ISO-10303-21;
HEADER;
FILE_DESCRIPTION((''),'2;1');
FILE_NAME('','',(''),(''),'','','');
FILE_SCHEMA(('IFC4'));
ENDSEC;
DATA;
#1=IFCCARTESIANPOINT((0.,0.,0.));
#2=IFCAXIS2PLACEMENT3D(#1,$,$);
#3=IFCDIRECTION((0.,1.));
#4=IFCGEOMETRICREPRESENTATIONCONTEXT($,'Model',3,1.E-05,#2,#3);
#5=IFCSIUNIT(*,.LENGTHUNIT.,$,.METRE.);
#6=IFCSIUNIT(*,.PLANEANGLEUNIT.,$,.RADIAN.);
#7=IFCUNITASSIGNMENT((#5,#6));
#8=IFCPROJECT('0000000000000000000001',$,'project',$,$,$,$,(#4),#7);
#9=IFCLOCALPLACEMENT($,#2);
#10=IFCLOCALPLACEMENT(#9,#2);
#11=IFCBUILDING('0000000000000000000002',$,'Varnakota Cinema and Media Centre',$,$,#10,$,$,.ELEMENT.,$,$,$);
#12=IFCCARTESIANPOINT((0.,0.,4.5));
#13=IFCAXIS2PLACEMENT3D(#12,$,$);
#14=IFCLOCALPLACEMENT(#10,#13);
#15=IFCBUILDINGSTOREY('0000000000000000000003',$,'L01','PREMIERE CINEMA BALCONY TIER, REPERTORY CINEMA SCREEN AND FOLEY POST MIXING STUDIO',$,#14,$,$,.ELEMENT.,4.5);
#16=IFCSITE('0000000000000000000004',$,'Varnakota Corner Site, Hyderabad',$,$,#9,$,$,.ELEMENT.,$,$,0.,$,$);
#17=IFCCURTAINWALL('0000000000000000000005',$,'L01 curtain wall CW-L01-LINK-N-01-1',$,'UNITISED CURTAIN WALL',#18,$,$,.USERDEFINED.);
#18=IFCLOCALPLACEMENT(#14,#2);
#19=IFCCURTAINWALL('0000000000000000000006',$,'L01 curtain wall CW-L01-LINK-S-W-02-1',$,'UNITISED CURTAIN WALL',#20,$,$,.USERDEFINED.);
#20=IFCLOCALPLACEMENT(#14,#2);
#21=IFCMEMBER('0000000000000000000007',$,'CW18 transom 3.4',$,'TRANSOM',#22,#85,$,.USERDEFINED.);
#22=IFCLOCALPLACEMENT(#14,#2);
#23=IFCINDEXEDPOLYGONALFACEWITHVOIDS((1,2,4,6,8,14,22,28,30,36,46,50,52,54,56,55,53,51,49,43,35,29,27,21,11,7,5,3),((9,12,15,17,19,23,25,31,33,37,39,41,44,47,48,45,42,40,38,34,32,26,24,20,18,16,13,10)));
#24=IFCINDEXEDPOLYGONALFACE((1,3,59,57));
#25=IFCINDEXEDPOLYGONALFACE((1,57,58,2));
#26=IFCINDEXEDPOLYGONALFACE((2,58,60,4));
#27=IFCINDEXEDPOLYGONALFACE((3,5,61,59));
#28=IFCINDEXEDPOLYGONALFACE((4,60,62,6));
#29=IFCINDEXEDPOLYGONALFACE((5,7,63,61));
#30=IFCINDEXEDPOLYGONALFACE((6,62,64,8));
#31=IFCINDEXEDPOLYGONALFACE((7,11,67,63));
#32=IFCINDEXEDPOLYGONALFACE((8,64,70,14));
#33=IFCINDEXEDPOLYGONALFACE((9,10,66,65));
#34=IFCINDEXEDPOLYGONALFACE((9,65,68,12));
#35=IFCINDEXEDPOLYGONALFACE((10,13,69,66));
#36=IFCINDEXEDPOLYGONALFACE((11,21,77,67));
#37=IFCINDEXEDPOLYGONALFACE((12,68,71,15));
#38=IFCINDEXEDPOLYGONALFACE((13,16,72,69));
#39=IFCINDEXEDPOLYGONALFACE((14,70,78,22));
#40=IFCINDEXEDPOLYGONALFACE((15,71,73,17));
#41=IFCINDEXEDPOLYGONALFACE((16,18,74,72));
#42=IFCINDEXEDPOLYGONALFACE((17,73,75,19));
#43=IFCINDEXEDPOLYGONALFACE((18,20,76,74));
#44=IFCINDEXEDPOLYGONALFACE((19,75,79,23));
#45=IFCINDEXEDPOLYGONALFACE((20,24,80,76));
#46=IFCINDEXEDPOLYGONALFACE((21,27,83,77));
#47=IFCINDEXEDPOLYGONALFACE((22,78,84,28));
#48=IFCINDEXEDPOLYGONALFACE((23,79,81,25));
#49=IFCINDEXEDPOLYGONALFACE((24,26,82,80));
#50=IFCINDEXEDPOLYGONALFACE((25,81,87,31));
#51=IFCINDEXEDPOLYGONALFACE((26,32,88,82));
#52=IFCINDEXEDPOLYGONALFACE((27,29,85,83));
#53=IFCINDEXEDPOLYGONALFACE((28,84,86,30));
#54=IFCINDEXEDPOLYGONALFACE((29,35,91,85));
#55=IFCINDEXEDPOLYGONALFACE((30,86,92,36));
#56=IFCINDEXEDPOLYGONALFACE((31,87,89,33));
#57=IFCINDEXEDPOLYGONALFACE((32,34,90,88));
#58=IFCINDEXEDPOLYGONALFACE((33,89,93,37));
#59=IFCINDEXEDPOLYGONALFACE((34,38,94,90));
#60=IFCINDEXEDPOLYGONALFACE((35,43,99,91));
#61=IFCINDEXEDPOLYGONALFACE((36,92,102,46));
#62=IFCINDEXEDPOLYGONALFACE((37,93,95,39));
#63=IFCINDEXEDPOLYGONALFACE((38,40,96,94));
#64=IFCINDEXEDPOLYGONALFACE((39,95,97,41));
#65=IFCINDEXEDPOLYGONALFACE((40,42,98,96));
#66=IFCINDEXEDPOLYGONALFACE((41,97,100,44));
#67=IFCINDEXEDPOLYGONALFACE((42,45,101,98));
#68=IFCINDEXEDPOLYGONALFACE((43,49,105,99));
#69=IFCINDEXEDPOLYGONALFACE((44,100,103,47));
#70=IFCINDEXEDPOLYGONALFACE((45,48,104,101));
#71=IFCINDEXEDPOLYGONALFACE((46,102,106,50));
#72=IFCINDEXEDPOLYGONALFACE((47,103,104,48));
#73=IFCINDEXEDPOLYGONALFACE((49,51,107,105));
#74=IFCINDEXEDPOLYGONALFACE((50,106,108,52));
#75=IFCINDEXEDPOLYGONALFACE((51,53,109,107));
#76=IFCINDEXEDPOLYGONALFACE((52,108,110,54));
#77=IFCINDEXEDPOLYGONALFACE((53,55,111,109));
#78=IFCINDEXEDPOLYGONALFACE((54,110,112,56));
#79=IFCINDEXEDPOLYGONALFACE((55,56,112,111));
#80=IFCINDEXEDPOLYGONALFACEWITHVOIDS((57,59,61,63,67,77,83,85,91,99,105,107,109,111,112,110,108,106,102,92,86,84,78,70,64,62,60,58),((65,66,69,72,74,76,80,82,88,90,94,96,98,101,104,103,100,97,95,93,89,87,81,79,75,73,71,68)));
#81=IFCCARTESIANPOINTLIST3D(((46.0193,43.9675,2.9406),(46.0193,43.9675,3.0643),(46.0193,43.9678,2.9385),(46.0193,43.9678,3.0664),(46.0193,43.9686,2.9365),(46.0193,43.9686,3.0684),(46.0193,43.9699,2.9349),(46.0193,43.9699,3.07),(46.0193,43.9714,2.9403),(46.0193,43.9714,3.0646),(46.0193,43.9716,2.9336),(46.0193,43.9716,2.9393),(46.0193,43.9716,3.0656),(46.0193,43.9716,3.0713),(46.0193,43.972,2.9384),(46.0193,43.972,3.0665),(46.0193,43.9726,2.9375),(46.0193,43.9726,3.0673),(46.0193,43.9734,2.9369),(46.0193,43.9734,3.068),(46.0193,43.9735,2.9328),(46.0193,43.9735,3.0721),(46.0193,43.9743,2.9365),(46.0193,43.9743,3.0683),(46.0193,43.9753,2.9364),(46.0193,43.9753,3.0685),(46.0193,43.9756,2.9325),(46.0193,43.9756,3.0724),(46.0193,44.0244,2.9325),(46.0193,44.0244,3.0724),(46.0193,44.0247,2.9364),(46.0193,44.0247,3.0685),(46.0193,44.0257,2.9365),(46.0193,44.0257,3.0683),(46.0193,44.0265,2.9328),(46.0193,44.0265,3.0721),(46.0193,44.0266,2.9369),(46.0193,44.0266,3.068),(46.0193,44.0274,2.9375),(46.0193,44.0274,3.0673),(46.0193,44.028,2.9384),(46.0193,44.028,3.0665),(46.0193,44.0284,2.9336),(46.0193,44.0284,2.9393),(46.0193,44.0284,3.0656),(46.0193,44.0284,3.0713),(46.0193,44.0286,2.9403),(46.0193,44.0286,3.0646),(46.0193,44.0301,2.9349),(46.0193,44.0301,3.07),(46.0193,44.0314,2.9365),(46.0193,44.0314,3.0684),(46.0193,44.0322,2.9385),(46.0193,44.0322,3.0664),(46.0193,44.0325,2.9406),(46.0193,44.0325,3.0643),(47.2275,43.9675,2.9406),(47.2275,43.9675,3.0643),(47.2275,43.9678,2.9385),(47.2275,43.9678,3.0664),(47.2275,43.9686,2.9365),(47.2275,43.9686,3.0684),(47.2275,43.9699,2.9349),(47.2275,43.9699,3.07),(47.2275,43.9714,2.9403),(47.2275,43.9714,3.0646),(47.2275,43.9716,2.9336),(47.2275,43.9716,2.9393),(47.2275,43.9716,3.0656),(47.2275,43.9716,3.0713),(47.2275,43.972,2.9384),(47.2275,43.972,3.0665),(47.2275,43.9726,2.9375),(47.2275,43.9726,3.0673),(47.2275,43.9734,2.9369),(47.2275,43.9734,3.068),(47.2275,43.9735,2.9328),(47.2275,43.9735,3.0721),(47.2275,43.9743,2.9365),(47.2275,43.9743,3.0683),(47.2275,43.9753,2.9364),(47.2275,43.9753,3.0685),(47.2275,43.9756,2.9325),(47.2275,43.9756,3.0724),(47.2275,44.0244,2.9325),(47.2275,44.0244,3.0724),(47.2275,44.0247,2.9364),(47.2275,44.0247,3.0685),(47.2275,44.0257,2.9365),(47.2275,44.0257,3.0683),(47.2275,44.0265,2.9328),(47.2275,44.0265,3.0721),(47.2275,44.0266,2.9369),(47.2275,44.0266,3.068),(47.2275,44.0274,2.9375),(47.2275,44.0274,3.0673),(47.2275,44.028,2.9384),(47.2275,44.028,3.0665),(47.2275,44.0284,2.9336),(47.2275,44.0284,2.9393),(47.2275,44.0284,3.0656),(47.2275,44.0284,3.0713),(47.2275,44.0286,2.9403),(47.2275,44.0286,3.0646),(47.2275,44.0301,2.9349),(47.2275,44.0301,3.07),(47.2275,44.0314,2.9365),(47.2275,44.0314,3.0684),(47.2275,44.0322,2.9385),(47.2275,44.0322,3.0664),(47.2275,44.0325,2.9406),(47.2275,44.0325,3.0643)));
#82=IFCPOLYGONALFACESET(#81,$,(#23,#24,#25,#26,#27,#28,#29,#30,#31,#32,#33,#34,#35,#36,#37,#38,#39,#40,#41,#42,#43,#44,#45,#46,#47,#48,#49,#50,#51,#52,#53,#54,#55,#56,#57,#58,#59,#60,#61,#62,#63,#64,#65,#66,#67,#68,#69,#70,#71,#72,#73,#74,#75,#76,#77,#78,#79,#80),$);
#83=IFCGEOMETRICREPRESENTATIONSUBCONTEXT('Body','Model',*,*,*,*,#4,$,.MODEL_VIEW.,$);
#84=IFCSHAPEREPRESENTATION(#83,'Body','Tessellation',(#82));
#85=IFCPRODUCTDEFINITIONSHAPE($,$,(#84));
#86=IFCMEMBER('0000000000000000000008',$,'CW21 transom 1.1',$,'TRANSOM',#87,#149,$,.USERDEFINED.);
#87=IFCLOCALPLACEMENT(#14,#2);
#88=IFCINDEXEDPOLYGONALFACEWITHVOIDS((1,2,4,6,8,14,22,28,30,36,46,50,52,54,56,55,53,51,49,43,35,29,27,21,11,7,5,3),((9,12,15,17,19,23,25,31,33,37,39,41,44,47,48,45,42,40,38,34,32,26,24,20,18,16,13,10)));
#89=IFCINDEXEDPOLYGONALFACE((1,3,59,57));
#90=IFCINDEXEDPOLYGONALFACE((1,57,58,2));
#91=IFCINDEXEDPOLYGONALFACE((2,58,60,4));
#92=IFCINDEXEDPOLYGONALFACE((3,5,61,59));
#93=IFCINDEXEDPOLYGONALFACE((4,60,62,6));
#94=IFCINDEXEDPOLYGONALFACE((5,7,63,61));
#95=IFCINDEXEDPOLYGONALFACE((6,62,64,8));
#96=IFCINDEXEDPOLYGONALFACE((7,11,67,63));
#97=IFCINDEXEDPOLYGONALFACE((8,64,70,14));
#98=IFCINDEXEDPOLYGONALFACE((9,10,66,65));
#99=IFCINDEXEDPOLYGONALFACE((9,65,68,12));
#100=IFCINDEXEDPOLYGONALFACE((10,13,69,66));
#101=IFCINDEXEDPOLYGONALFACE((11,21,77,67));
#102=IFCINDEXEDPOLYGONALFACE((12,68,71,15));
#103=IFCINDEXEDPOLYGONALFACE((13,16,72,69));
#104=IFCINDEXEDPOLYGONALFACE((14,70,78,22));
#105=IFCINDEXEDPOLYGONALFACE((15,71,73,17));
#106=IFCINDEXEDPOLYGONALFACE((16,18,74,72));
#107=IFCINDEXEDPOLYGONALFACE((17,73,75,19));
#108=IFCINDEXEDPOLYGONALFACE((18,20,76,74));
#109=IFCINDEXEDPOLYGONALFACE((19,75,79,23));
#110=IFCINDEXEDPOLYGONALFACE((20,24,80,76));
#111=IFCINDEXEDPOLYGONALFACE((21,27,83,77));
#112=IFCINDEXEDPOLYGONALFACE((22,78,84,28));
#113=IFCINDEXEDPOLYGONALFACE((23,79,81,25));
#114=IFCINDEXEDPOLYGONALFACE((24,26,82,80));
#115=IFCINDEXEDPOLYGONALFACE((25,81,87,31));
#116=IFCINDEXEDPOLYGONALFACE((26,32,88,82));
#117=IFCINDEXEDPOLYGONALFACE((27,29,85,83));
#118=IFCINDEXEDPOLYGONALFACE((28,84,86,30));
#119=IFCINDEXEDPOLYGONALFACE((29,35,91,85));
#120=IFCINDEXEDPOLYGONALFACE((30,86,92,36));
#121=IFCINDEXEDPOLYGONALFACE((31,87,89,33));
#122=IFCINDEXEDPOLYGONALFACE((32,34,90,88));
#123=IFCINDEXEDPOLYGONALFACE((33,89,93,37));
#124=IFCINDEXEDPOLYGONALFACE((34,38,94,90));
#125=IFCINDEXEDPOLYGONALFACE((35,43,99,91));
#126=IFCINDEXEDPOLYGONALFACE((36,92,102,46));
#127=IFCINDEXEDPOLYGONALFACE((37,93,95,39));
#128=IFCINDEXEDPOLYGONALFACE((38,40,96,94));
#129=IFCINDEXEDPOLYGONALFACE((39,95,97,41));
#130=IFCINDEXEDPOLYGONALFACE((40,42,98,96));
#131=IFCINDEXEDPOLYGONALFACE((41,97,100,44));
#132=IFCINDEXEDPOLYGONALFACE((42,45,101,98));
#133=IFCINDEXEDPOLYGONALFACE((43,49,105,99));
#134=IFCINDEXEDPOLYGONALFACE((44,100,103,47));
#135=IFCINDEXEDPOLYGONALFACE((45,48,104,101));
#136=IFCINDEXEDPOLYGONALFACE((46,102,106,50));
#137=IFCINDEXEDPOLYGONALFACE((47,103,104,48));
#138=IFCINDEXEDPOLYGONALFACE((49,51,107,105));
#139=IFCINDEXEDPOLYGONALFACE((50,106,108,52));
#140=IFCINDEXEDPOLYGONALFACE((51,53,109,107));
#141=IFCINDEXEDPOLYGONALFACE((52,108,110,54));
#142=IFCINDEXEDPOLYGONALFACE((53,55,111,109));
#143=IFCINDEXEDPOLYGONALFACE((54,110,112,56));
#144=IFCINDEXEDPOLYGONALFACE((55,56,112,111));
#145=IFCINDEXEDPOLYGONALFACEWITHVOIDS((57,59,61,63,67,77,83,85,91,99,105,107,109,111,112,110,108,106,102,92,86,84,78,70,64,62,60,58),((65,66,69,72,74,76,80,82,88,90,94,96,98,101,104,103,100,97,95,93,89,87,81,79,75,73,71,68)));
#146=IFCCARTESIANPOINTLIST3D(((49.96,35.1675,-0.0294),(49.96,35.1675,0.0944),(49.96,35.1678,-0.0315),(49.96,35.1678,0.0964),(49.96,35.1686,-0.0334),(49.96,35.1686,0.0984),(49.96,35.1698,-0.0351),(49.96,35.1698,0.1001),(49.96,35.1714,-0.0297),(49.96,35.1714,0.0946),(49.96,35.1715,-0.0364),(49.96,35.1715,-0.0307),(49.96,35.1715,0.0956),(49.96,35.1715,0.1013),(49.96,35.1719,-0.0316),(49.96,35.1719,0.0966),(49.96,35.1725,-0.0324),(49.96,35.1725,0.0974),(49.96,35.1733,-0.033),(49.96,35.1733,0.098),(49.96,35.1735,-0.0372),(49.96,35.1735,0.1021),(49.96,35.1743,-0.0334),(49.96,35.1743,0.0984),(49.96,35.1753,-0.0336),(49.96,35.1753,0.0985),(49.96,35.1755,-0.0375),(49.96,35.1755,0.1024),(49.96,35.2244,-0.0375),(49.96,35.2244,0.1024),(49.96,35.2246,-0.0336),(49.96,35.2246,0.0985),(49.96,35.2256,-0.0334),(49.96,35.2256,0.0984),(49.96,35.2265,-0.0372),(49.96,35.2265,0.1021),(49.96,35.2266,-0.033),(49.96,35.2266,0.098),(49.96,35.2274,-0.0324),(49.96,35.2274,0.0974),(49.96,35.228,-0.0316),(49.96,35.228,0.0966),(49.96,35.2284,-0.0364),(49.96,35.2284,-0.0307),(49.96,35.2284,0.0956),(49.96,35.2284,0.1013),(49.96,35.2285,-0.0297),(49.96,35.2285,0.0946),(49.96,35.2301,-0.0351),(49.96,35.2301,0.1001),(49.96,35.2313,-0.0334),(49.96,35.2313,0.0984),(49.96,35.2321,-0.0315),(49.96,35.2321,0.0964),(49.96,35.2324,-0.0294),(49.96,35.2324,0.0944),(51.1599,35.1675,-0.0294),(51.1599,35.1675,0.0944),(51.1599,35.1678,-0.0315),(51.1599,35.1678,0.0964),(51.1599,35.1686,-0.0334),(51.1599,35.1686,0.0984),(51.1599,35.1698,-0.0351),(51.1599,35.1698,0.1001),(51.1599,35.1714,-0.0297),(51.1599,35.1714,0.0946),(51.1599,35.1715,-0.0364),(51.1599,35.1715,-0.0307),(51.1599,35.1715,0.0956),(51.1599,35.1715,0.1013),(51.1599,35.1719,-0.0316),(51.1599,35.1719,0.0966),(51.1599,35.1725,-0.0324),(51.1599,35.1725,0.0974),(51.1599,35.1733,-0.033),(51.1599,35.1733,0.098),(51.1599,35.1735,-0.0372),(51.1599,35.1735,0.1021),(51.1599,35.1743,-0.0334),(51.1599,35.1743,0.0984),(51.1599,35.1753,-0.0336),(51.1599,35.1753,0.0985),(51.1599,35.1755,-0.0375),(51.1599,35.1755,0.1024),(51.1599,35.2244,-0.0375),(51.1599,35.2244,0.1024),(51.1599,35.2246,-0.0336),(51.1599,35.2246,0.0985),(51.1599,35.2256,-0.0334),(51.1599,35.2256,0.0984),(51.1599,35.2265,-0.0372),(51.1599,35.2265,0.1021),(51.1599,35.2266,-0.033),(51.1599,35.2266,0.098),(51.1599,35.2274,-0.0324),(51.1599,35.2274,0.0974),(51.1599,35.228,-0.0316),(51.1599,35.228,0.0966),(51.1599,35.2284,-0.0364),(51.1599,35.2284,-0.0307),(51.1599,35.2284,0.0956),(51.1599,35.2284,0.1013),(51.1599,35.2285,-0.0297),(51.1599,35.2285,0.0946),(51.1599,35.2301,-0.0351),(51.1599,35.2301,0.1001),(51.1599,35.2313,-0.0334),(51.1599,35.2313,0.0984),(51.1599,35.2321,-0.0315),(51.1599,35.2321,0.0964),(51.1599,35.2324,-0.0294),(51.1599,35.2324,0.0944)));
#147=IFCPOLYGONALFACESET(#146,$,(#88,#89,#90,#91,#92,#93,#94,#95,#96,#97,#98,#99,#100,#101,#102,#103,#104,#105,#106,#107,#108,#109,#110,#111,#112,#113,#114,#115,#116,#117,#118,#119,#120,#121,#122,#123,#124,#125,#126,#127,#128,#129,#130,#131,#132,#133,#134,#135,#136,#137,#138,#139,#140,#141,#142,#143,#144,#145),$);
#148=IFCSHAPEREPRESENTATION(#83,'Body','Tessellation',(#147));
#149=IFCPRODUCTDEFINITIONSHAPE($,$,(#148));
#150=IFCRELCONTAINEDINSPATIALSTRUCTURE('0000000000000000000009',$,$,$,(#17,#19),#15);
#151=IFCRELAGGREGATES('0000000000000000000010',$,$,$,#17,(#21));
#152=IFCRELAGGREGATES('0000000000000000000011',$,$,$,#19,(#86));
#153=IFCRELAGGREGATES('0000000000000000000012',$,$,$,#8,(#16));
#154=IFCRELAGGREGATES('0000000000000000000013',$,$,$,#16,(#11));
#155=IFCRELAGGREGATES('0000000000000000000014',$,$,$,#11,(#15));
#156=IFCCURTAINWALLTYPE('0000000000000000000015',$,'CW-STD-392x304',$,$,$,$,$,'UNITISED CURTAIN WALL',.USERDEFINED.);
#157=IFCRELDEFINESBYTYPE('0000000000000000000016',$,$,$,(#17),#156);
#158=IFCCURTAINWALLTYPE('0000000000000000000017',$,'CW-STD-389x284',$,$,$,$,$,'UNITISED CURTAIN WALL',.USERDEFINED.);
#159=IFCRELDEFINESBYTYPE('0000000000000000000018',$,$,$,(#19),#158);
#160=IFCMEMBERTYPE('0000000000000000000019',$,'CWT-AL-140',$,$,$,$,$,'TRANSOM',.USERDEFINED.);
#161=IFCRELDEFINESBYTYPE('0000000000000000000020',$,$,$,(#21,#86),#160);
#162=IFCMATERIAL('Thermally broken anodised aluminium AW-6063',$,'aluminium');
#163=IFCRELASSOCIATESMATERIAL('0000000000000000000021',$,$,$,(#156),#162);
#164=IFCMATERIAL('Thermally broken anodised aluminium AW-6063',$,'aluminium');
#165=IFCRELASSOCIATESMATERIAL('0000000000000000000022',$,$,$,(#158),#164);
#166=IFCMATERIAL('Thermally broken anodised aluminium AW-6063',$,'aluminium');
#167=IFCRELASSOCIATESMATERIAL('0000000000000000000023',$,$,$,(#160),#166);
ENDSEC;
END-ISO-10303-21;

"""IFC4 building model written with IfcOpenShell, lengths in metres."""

from ifc_helpers import new_model, si_unit, direction, frame, origin, origin_2d, place, context, subcontext, project, spatial, hollow_rectangle, extrude, material, material_profile, profile_set, type_object, element, aggregate, save


model = new_model("IFC4")

# Units and contexts
model_context = context("Model", 3, precision=1e-05, world=origin(), true_north=direction((0.0, 1.0)))
body_context = subcontext(model_context, "Body", "Model", "MODEL_VIEW")
ifc_project = project(units=[si_unit("LENGTHUNIT", "METRE"), si_unit("PLANEANGLEUNIT", "RADIAN")], contexts=[model_context])

# Site, building, storey
site_placement = place(None, origin())
site = spatial("IfcSite", under=ifc_project, at=site_placement, Name="Varnakota Corner Site, Hyderabad", CompositionType="ELEMENT", RefElevation=0.0)
building_placement = place(site_placement, origin())
building = spatial("IfcBuilding", under=site, at=building_placement, Name="Varnakota Cinema and Media Centre", CompositionType="ELEMENT")
storey_placement = place(building_placement, frame((0.0, 0.0, 4.5)))
storey = spatial("IfcBuildingStorey", under=building, at=storey_placement, Name="L01", Description="PREMIERE CINEMA BALCONY TIER, REPERTORY CINEMA SCREEN AND FOLEY POST MIXING STUDIO", CompositionType="ELEMENT", Elevation=4.5)

# Curtain walls
ifc_material_1 = material(Name="Thermally broken anodised aluminium AW-6063", Category="aluminium")
curtain_wall_type_1 = type_object("IfcCurtainWallType", Name="CW-STD-392x304", ElementType="UNITISED CURTAIN WALL", PredefinedType="USERDEFINED", material=ifc_material_1)
curtain_wall_1_placement = place(storey_placement, origin())
curtain_wall_1 = element("IfcCurtainWall", 1, at=curtain_wall_1_placement, inside=storey, type_object=curtain_wall_type_1, Name="L01 curtain wall CW-L01-LINK-N-01-1", ObjectType="UNITISED CURTAIN WALL", PredefinedType="USERDEFINED")
ifc_material_2 = material(Name="Thermally broken anodised aluminium AW-6063", Category="aluminium")
curtain_wall_type_2 = type_object("IfcCurtainWallType", Name="CW-STD-389x284", ElementType="UNITISED CURTAIN WALL", PredefinedType="USERDEFINED", material=ifc_material_2)
curtain_wall_2_placement = place(storey_placement, origin())
curtain_wall_2 = element("IfcCurtainWall", 2, at=curtain_wall_2_placement, inside=storey, type_object=curtain_wall_type_2, Name="L01 curtain wall CW-L01-LINK-S-W-02-1", ObjectType="UNITISED CURTAIN WALL", PredefinedType="USERDEFINED")

# Members
ifc_material_3 = material(Name="Thermally broken anodised aluminium AW-6063", Category="aluminium")
ifc_material_profile_1 = material_profile(ifc_material_3, hollow_rectangle(XDim=0.0649, YDim=0.1399, WallThickness=0.0039, InnerFilletRadius=0.0039, OuterFilletRadius=0.0081, at=origin_2d()), Name="AL-TRANSOM 140x65x4")
ifc_profile_set_1 = profile_set([ifc_material_profile_1], Name="Thermally broken anodised aluminium AW-6063")
member_type_1 = type_object("IfcMemberType", Name="CWT-AL-140", ElementType="TRANSOM", PredefinedType="USERDEFINED", material=ifc_profile_set_1)
member_1_placement = place(storey_placement, frame((46.0193, 44.0, 3.0024), z_axis=(1.0, 0.0, 0.0), x_axis=(0.0, 1.0, 0.0)))
member_1 = element("IfcMember", 3, at=member_1_placement, type_object=member_type_1, Name="CW18 transom 3.4", ObjectType="TRANSOM", PredefinedType="USERDEFINED", context=body_context, shape_type="SweptSolid", body=[
    extrude(hollow_rectangle(XDim=0.0649, YDim=0.1399, WallThickness=0.0039, InnerFilletRadius=0.0039, OuterFilletRadius=0.0081, at=origin_2d()), origin(), (0.0, 0.0, 1.0), 1.2083),
])
member_2_placement = place(storey_placement, frame((51.1599, 35.2, 0.0325), z_axis=(-1.0, 0.0, 0.0), x_axis=(0.0, -1.0, 0.0)))
member_2 = element("IfcMember", 4, at=member_2_placement, type_object=member_type_1, Name="CW21 transom 1.1", ObjectType="TRANSOM", PredefinedType="USERDEFINED", context=body_context, shape_type="SweptSolid", body=[
    extrude(hollow_rectangle(XDim=0.0649, YDim=0.1399, WallThickness=0.0039, InnerFilletRadius=0.0039, OuterFilletRadius=0.0081, at=origin_2d()), origin(), (0.0, 0.0, 1.0), 1.2),
])

aggregate(curtain_wall_1, [member_1])
aggregate(curtain_wall_2, [member_2])

save(model, "model.ifc")
